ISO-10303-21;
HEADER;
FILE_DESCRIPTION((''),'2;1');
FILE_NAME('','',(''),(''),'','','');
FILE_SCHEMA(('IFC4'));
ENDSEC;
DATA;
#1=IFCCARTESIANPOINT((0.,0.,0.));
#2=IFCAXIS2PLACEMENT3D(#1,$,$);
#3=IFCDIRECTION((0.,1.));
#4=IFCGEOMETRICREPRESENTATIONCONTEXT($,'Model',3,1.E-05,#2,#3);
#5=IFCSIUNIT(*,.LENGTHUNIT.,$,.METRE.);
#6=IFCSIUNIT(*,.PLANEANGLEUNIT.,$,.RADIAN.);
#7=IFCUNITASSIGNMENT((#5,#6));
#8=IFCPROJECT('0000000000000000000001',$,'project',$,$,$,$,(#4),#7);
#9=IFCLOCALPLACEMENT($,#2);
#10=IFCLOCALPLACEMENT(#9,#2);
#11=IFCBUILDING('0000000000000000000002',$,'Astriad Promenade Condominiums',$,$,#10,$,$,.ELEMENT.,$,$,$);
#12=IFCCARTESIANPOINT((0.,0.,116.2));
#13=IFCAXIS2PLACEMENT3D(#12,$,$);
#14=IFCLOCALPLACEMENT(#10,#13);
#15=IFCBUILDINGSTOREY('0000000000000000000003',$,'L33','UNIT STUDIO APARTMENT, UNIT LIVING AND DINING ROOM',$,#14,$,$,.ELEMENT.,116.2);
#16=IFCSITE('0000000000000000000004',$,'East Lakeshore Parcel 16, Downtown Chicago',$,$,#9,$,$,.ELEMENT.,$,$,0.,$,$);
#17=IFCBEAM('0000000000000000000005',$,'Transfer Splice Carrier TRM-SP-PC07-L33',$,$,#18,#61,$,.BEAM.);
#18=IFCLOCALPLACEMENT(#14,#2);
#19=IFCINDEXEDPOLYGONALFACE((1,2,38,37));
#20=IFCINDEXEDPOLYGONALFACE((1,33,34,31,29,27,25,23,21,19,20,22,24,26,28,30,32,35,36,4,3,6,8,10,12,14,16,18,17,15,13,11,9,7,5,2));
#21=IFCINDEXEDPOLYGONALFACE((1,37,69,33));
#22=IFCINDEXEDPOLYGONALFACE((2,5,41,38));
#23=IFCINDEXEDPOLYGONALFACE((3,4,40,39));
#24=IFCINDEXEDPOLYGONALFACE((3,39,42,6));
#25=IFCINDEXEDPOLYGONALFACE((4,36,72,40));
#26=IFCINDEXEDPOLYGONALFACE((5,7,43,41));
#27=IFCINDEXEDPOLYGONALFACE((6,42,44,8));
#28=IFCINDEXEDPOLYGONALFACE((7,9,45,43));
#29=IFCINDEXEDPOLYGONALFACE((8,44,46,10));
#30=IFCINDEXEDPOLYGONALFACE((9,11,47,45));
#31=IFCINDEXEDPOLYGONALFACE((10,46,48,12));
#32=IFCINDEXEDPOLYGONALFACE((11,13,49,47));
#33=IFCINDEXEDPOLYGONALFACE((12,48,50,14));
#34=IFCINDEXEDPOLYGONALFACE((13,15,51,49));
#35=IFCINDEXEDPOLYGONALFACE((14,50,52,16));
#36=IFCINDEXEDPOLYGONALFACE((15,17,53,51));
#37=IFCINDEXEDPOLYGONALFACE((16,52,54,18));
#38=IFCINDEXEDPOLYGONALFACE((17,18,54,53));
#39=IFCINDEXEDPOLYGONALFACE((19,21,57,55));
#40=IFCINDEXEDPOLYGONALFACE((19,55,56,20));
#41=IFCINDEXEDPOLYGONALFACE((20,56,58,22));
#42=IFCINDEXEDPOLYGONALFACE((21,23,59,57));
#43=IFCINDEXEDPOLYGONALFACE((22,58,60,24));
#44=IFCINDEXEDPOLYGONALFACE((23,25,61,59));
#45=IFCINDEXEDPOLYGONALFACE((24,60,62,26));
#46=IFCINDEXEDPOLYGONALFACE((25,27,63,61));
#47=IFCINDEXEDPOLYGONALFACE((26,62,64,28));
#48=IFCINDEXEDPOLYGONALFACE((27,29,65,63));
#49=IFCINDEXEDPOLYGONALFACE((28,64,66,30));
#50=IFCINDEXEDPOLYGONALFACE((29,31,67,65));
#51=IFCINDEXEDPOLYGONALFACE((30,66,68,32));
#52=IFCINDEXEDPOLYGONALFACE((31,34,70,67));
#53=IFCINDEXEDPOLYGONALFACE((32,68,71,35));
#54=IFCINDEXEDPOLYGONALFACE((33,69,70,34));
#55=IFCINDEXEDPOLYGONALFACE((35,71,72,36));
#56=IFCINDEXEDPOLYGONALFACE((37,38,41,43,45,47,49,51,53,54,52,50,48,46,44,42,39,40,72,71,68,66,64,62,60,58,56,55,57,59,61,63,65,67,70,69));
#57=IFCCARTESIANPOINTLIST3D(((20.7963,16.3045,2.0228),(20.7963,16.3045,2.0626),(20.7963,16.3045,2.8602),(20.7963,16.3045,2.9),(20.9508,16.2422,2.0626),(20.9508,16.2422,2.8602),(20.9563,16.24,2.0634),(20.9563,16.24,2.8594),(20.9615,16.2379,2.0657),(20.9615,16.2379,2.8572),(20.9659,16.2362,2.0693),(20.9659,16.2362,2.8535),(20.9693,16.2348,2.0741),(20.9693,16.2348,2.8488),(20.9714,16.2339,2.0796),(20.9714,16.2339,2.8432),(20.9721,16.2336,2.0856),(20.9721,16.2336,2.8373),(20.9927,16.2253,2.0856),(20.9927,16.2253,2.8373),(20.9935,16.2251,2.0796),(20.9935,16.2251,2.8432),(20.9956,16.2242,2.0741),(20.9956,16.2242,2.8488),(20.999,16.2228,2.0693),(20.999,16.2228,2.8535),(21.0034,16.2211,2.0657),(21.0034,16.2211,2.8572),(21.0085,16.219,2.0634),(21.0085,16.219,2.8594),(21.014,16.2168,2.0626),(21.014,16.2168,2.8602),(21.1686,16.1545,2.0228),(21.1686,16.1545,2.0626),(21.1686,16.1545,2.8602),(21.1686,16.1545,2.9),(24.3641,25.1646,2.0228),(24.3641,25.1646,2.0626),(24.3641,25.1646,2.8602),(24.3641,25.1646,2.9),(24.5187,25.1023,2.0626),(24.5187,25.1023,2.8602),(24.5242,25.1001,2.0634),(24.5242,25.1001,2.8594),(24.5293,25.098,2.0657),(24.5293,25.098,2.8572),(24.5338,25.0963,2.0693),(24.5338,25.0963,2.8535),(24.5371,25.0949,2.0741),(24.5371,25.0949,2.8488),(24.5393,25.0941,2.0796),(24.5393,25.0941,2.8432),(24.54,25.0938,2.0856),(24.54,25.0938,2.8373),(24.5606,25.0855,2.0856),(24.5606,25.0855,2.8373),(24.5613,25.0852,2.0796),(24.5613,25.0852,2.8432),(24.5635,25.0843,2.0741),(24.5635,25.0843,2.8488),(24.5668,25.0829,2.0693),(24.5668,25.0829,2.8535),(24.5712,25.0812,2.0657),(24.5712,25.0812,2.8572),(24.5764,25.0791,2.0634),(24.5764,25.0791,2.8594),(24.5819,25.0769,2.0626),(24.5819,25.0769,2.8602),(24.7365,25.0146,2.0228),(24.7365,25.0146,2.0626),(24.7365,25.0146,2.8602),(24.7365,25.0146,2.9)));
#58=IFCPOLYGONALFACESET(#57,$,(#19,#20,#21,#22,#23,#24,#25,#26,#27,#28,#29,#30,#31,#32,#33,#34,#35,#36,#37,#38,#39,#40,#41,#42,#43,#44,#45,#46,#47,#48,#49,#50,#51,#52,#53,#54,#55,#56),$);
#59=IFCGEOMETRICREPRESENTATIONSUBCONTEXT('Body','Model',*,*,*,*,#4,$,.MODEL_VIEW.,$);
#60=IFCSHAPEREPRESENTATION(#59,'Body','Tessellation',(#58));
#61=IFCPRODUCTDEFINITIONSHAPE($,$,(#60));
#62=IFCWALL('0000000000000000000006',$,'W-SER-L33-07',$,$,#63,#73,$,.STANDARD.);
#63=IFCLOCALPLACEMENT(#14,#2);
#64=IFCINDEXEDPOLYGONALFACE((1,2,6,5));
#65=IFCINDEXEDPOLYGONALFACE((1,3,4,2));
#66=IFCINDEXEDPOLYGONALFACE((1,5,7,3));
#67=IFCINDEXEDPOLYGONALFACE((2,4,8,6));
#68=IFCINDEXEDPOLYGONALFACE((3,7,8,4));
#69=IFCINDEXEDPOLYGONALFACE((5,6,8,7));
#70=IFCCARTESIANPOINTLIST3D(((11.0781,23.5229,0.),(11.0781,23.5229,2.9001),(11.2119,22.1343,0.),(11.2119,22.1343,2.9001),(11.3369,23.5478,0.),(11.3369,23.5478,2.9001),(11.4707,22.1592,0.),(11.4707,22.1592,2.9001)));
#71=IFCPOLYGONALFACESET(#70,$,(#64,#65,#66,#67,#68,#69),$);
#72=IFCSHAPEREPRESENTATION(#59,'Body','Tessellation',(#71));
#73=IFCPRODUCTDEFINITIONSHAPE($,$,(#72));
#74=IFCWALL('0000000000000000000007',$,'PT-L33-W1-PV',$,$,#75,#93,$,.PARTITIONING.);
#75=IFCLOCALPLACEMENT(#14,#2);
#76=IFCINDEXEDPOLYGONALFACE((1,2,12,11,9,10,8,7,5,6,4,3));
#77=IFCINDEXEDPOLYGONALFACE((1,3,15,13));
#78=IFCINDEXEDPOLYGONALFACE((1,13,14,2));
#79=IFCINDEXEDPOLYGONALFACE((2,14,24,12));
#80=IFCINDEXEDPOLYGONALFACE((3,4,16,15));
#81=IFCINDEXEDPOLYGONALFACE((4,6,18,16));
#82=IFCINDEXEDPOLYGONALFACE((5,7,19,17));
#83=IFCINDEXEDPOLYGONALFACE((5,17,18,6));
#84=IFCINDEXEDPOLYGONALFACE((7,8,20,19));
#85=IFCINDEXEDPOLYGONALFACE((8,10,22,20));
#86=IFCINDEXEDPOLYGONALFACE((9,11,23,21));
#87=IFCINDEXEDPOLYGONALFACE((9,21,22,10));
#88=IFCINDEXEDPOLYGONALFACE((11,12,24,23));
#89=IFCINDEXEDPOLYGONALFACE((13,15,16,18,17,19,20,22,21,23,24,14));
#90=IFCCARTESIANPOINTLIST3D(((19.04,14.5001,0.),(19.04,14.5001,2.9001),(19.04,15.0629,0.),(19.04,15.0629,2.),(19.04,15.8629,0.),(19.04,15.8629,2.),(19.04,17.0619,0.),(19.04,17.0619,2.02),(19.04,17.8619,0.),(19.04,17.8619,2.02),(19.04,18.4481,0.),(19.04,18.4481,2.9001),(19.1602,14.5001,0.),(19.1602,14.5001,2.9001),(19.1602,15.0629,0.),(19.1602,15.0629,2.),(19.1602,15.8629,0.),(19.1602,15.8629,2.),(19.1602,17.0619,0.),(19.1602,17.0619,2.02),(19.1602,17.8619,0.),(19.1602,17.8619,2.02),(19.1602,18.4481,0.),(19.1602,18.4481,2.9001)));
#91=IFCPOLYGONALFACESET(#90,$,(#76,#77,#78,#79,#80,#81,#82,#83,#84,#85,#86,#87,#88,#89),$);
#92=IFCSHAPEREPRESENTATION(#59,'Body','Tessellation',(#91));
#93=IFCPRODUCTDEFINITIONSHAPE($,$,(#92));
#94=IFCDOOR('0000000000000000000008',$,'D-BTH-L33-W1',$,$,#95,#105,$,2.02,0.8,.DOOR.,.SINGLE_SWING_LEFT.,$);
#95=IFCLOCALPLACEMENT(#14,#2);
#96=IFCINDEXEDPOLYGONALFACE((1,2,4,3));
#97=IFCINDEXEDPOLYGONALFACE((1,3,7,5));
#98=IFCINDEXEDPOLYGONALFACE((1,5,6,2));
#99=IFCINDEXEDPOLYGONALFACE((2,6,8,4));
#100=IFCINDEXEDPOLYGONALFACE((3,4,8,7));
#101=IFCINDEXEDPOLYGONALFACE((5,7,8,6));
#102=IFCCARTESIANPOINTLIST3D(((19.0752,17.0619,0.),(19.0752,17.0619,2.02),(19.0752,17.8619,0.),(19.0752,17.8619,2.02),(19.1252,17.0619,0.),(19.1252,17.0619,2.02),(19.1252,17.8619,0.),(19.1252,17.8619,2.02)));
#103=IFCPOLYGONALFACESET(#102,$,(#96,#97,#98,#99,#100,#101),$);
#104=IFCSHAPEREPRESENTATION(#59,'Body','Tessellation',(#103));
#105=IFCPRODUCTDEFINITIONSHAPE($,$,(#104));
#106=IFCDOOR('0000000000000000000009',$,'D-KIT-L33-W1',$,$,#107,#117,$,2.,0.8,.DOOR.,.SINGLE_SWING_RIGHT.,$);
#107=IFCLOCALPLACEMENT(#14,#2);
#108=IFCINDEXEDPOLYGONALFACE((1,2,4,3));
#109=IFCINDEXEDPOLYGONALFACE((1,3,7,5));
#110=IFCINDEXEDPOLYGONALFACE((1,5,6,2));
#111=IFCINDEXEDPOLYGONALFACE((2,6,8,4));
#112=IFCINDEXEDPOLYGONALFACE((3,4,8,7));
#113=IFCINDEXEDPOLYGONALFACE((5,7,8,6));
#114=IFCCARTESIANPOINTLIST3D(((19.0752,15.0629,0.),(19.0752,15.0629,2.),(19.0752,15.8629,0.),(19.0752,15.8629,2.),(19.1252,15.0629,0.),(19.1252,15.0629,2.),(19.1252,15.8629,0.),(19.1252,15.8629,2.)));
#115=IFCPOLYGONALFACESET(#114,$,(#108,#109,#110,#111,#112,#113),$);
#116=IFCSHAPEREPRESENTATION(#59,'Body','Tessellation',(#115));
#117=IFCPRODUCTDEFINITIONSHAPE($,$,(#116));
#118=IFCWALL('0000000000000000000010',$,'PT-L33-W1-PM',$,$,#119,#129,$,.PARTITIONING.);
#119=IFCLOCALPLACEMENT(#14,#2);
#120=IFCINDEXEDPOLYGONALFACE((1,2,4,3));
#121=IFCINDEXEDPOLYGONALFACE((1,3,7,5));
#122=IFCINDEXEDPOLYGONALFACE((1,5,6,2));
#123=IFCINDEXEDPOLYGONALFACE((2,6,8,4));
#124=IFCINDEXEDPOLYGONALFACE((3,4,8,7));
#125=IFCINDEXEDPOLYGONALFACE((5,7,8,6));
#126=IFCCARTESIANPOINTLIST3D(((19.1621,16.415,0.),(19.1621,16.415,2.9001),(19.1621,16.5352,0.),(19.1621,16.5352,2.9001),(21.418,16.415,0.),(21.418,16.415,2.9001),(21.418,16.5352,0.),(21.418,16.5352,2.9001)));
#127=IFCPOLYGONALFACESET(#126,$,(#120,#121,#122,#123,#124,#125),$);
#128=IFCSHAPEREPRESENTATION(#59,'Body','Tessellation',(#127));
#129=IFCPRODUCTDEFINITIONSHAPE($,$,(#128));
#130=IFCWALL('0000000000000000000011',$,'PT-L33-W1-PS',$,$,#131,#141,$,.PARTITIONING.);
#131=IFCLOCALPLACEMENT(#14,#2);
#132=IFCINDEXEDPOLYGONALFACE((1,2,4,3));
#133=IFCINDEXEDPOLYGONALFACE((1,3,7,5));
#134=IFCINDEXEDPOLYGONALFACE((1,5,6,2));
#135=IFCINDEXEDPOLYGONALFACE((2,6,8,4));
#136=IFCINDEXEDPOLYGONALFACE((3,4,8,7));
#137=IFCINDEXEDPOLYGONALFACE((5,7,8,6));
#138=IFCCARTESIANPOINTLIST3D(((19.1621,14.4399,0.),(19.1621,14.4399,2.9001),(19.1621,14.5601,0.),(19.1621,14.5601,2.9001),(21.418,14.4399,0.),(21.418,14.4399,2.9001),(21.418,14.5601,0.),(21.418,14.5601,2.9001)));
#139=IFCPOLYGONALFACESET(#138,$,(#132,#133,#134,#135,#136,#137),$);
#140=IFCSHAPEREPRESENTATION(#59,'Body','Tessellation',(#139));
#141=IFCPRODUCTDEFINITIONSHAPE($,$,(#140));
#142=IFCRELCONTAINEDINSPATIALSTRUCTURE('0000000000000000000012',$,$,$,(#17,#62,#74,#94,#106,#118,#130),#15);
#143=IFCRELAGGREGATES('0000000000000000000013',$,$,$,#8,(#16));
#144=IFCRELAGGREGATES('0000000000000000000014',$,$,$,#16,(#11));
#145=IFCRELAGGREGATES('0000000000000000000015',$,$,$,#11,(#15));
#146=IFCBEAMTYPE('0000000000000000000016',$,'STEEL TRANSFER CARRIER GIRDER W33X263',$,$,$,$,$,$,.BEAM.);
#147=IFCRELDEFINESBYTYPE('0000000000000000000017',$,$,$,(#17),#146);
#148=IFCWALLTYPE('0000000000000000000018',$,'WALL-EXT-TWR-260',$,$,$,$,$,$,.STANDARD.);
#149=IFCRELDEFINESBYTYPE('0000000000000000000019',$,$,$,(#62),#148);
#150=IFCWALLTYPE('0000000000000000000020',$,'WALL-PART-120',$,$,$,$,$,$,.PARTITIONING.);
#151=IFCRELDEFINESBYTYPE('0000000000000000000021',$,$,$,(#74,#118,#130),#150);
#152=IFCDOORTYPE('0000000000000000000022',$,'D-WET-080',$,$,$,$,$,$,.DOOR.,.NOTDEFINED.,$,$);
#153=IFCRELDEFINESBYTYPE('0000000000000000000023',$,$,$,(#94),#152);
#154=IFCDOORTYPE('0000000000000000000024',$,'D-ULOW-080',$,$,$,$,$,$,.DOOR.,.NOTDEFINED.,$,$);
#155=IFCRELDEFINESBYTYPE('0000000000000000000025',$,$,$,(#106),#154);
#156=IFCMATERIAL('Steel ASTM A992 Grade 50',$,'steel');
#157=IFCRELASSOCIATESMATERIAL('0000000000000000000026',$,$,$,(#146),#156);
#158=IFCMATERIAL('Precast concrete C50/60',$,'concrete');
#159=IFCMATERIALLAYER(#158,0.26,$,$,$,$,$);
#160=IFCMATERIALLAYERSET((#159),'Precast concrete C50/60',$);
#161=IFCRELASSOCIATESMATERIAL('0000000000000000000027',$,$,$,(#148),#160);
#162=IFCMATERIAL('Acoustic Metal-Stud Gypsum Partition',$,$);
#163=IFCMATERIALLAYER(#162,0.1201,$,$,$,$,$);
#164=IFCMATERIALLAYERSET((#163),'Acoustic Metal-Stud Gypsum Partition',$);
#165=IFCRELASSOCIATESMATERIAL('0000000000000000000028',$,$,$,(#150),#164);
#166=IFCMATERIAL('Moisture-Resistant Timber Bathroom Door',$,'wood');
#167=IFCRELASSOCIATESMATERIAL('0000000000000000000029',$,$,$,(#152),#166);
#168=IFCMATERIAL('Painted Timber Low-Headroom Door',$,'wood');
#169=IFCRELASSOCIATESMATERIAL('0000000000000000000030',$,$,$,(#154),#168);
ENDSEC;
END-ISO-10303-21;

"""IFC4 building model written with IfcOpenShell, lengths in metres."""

from ifc_helpers import new_model, si_unit, direction, frame, frame_2d, origin, origin_2d, place, context, subcontext, project, spatial, rectangle, i_section, extrude, source, transform, mapped, material, layer, layer_set, material_profile, profile_set, type_object, type_shapes, element, fill, save


model = new_model("IFC4")

# Units and contexts
model_context = context("Model", 3, precision=1e-05, world=origin(), true_north=direction((0.0, 1.0)))
body_context = subcontext(model_context, "Body", "Model", "MODEL_VIEW")
ifc_project = project(units=[si_unit("LENGTHUNIT", "METRE"), si_unit("PLANEANGLEUNIT", "RADIAN")], contexts=[model_context])

# Site, building, storey
site_placement = place(None, origin())
site = spatial("IfcSite", under=ifc_project, at=site_placement, Name="East Lakeshore Parcel 16, Downtown Chicago", CompositionType="ELEMENT", RefElevation=0.0)
building_placement = place(site_placement, origin())
building = spatial("IfcBuilding", under=site, at=building_placement, Name="Astriad Promenade Condominiums", CompositionType="ELEMENT")
storey_placement = place(building_placement, frame((0.0, 0.0, 116.2)))
storey = spatial("IfcBuildingStorey", under=building, at=storey_placement, Name="L33", Description="UNIT STUDIO APARTMENT, UNIT LIVING AND DINING ROOM", CompositionType="ELEMENT", Elevation=116.2)

# Beam
ifc_material_1 = material(Name="Steel ASTM A992 Grade 50", Category="steel")
ifc_material_profile_1 = material_profile(ifc_material_1, i_section(OverallWidth=0.4014, OverallDepth=0.8772, WebThickness=0.0222, FlangeThickness=0.0398, FilletRadius=0.0229, at=origin_2d()), Name="W33X263")
ifc_profile_set_1 = profile_set([ifc_material_profile_1], Name="Steel ASTM A992 Grade 50")
beam_type_1 = type_object("IfcBeamType", Name="STEEL TRANSFER CARRIER GIRDER W33X263", PredefinedType="BEAM", material=ifc_profile_set_1)
shared_shape_1 = source(origin(), body_context, "Body", "SweptSolid", [
    extrude(i_section(OverallWidth=0.4014, OverallDepth=0.8772, WebThickness=0.0222, FlangeThickness=0.0398, FilletRadius=0.0229, at=origin_2d()), origin(), (0.0, 0.0, 1.0), 9.5515),
])
beam_1_placement = place(storey_placement, frame((20.9824, 16.2295, 2.4614), z_axis=(0.37354, 0.927614, 0.0), x_axis=(-0.927614, 0.37354, 0.0)))
element("IfcBeam", 1, at=beam_1_placement, inside=storey, type_object=beam_type_1, Name="Transfer Splice Carrier TRM-SP-PC07-L33", PredefinedType="BEAM", context=body_context, shape_type="MappedRepresentation", body=[
    mapped(shared_shape_1, transform((0.0, 0.0, 0.0), scale=1.0)),
])

# Wall
ifc_material_2 = material(Name="Precast concrete C50/60", Category="concrete")
ifc_layer_1 = layer(ifc_material_2, 0.26)
ifc_layer_set_1 = layer_set([ifc_layer_1], Name="Precast concrete C50/60")
wall_type_1 = type_object("IfcWallType", Name="WALL-EXT-TWR-260", PredefinedType="STANDARD", material=ifc_layer_set_1)
wall_1_placement = place(storey_placement, frame((11.3413, 22.1467, 0.0), z_axis=(0.0, 0.0, 1.0), x_axis=(-0.095899, 0.995391, 0.0)))
element("IfcWall", 2, at=wall_1_placement, inside=storey, type_object=wall_type_1, Name="W-SER-L33-07", PredefinedType="STANDARD", context=body_context, shape_type="SweptSolid", body=[
    extrude(rectangle(XDim=1.395, YDim=0.26, at=frame_2d((0.6975, 0.0))), origin(), (0.0, 0.0, 1.0), 2.9001),
])

# Wall, openings, doors
ifc_material_3 = material(Name="Acoustic Metal-Stud Gypsum Partition")
ifc_layer_2 = layer(ifc_material_3, 0.1201)
ifc_layer_set_2 = layer_set([ifc_layer_2], Name="Acoustic Metal-Stud Gypsum Partition")
wall_type_2 = type_object("IfcWallType", Name="WALL-PART-120", PredefinedType="PARTITIONING", material=ifc_layer_set_2)
wall_2_placement = place(storey_placement, frame((19.1001, 14.5, 0.0), z_axis=(0.0, 0.0, 1.0), x_axis=(0.0, 1.0, 0.0)))
wall_2 = element("IfcWall", 3, at=wall_2_placement, inside=storey, type_object=wall_type_2, Name="PT-L33-W1-PV", PredefinedType="PARTITIONING", context=body_context, shape_type="SweptSolid", body=[
    extrude(rectangle(XDim=3.948, YDim=0.1201, at=frame_2d((1.9741, 0.0))), origin(), (0.0, 0.0, 1.0), 2.9001),
])
opening_1_placement = place(wall_2_placement, frame((0.563, 0.0, 0.0)))
opening_1 = element("IfcOpeningElement", 4, at=opening_1_placement, cuts=wall_2, PredefinedType="OPENING", context=body_context, shape_type="SweptSolid", body=[
    extrude(rectangle(XDim=0.8, YDim=2.0, at=frame_2d((0.3999, 1.0))), frame((0.0, 0.0701, 0.0), z_axis=(0.0, -1.0, 0.0), x_axis=(1.0, 0.0, 0.0)), (0.0, 0.0, 1.0), 0.1401),
])
opening_2_placement = place(wall_2_placement, frame((2.562, 0.0, 0.0)))
opening_2 = element("IfcOpeningElement", 5, at=opening_2_placement, cuts=wall_2, PredefinedType="OPENING", context=body_context, shape_type="SweptSolid", body=[
    extrude(rectangle(XDim=0.8, YDim=2.02, at=frame_2d((0.3999, 1.01))), frame((0.0, 0.0701, 0.0), z_axis=(0.0, -1.0, 0.0), x_axis=(1.0, 0.0, 0.0)), (0.0, 0.0, 1.0), 0.1401),
])
ifc_material_4 = material(Name="Moisture-Resistant Timber Bathroom Door", Category="wood")
door_type_1 = type_object("IfcDoorType", Name="D-WET-080", OperationType="NOTDEFINED", PredefinedType="DOOR", material=ifc_material_4)
shared_shape_2 = source(origin(), body_context, "Body", "SweptSolid", [
    extrude(rectangle(XDim=0.8, YDim=2.02, at=frame_2d((0.3999, 1.01))), frame((0.0, 0.0249, 0.0), z_axis=(0.0, -1.0, 0.0), x_axis=(1.0, 0.0, 0.0)), (0.0, 0.0, 1.0), 0.05),
])
type_shapes(door_type_1, [shared_shape_2])
door_1_placement = place(opening_2_placement, origin())
door_1 = element("IfcDoor", 6, at=door_1_placement, inside=storey, type_object=door_type_1, Name="D-BTH-L33-W1", OperationType="SINGLE_SWING_LEFT", OverallHeight=2.02, OverallWidth=0.8, PredefinedType="DOOR", context=body_context, shape_type="MappedRepresentation", body=[
    mapped(shared_shape_2, transform((0.0, 0.0, 0.0), scale=1.0)),
])
fill(opening_2, door_1)
ifc_material_5 = material(Name="Painted Timber Low-Headroom Door", Category="wood")
door_type_2 = type_object("IfcDoorType", Name="D-ULOW-080", OperationType="NOTDEFINED", PredefinedType="DOOR", material=ifc_material_5)
shared_shape_3 = source(origin(), body_context, "Body", "SweptSolid", [
    extrude(rectangle(XDim=0.8, YDim=2.0, at=frame_2d((0.3999, 1.0))), frame((0.0, 0.0249, 0.0), z_axis=(0.0, -1.0, 0.0), x_axis=(1.0, 0.0, 0.0)), (0.0, 0.0, 1.0), 0.05),
])
type_shapes(door_type_2, [shared_shape_3])
door_2_placement = place(opening_1_placement, origin())
door_2 = element("IfcDoor", 7, at=door_2_placement, inside=storey, type_object=door_type_2, Name="D-KIT-L33-W1", OperationType="SINGLE_SWING_RIGHT", OverallHeight=2.0, OverallWidth=0.8, PredefinedType="DOOR", context=body_context, shape_type="MappedRepresentation", body=[
    mapped(shared_shape_3, transform((0.0, 0.0, 0.0), scale=1.0)),
])
fill(opening_1, door_2)

# Walls
for number, where, z_axis, x_axis, name in (
    (8, (19.1621, 16.4751, 0.0), (0.0, 0.0, 1.0), (1.0, 0.0, 0.0), "PT-L33-W1-PM"),
    (9, (19.1621, 14.5, 0.0), (0.0, 0.0, 1.0), (1.0, 0.0, 0.0), "PT-L33-W1-PS"),
):
    element("IfcWall", number, at=place(storey_placement, frame(where, z_axis=z_axis, x_axis=x_axis)), inside=storey, type_object=wall_type_2, Name=name, PredefinedType="PARTITIONING", context=body_context, shape_type="SweptSolid", body=[
        extrude(rectangle(XDim=2.2559, YDim=0.1201, at=frame_2d((1.1279, 0.0))), origin(), (0.0, 0.0, 1.0), 2.9001),
    ])

save(model, "model.ifc")
